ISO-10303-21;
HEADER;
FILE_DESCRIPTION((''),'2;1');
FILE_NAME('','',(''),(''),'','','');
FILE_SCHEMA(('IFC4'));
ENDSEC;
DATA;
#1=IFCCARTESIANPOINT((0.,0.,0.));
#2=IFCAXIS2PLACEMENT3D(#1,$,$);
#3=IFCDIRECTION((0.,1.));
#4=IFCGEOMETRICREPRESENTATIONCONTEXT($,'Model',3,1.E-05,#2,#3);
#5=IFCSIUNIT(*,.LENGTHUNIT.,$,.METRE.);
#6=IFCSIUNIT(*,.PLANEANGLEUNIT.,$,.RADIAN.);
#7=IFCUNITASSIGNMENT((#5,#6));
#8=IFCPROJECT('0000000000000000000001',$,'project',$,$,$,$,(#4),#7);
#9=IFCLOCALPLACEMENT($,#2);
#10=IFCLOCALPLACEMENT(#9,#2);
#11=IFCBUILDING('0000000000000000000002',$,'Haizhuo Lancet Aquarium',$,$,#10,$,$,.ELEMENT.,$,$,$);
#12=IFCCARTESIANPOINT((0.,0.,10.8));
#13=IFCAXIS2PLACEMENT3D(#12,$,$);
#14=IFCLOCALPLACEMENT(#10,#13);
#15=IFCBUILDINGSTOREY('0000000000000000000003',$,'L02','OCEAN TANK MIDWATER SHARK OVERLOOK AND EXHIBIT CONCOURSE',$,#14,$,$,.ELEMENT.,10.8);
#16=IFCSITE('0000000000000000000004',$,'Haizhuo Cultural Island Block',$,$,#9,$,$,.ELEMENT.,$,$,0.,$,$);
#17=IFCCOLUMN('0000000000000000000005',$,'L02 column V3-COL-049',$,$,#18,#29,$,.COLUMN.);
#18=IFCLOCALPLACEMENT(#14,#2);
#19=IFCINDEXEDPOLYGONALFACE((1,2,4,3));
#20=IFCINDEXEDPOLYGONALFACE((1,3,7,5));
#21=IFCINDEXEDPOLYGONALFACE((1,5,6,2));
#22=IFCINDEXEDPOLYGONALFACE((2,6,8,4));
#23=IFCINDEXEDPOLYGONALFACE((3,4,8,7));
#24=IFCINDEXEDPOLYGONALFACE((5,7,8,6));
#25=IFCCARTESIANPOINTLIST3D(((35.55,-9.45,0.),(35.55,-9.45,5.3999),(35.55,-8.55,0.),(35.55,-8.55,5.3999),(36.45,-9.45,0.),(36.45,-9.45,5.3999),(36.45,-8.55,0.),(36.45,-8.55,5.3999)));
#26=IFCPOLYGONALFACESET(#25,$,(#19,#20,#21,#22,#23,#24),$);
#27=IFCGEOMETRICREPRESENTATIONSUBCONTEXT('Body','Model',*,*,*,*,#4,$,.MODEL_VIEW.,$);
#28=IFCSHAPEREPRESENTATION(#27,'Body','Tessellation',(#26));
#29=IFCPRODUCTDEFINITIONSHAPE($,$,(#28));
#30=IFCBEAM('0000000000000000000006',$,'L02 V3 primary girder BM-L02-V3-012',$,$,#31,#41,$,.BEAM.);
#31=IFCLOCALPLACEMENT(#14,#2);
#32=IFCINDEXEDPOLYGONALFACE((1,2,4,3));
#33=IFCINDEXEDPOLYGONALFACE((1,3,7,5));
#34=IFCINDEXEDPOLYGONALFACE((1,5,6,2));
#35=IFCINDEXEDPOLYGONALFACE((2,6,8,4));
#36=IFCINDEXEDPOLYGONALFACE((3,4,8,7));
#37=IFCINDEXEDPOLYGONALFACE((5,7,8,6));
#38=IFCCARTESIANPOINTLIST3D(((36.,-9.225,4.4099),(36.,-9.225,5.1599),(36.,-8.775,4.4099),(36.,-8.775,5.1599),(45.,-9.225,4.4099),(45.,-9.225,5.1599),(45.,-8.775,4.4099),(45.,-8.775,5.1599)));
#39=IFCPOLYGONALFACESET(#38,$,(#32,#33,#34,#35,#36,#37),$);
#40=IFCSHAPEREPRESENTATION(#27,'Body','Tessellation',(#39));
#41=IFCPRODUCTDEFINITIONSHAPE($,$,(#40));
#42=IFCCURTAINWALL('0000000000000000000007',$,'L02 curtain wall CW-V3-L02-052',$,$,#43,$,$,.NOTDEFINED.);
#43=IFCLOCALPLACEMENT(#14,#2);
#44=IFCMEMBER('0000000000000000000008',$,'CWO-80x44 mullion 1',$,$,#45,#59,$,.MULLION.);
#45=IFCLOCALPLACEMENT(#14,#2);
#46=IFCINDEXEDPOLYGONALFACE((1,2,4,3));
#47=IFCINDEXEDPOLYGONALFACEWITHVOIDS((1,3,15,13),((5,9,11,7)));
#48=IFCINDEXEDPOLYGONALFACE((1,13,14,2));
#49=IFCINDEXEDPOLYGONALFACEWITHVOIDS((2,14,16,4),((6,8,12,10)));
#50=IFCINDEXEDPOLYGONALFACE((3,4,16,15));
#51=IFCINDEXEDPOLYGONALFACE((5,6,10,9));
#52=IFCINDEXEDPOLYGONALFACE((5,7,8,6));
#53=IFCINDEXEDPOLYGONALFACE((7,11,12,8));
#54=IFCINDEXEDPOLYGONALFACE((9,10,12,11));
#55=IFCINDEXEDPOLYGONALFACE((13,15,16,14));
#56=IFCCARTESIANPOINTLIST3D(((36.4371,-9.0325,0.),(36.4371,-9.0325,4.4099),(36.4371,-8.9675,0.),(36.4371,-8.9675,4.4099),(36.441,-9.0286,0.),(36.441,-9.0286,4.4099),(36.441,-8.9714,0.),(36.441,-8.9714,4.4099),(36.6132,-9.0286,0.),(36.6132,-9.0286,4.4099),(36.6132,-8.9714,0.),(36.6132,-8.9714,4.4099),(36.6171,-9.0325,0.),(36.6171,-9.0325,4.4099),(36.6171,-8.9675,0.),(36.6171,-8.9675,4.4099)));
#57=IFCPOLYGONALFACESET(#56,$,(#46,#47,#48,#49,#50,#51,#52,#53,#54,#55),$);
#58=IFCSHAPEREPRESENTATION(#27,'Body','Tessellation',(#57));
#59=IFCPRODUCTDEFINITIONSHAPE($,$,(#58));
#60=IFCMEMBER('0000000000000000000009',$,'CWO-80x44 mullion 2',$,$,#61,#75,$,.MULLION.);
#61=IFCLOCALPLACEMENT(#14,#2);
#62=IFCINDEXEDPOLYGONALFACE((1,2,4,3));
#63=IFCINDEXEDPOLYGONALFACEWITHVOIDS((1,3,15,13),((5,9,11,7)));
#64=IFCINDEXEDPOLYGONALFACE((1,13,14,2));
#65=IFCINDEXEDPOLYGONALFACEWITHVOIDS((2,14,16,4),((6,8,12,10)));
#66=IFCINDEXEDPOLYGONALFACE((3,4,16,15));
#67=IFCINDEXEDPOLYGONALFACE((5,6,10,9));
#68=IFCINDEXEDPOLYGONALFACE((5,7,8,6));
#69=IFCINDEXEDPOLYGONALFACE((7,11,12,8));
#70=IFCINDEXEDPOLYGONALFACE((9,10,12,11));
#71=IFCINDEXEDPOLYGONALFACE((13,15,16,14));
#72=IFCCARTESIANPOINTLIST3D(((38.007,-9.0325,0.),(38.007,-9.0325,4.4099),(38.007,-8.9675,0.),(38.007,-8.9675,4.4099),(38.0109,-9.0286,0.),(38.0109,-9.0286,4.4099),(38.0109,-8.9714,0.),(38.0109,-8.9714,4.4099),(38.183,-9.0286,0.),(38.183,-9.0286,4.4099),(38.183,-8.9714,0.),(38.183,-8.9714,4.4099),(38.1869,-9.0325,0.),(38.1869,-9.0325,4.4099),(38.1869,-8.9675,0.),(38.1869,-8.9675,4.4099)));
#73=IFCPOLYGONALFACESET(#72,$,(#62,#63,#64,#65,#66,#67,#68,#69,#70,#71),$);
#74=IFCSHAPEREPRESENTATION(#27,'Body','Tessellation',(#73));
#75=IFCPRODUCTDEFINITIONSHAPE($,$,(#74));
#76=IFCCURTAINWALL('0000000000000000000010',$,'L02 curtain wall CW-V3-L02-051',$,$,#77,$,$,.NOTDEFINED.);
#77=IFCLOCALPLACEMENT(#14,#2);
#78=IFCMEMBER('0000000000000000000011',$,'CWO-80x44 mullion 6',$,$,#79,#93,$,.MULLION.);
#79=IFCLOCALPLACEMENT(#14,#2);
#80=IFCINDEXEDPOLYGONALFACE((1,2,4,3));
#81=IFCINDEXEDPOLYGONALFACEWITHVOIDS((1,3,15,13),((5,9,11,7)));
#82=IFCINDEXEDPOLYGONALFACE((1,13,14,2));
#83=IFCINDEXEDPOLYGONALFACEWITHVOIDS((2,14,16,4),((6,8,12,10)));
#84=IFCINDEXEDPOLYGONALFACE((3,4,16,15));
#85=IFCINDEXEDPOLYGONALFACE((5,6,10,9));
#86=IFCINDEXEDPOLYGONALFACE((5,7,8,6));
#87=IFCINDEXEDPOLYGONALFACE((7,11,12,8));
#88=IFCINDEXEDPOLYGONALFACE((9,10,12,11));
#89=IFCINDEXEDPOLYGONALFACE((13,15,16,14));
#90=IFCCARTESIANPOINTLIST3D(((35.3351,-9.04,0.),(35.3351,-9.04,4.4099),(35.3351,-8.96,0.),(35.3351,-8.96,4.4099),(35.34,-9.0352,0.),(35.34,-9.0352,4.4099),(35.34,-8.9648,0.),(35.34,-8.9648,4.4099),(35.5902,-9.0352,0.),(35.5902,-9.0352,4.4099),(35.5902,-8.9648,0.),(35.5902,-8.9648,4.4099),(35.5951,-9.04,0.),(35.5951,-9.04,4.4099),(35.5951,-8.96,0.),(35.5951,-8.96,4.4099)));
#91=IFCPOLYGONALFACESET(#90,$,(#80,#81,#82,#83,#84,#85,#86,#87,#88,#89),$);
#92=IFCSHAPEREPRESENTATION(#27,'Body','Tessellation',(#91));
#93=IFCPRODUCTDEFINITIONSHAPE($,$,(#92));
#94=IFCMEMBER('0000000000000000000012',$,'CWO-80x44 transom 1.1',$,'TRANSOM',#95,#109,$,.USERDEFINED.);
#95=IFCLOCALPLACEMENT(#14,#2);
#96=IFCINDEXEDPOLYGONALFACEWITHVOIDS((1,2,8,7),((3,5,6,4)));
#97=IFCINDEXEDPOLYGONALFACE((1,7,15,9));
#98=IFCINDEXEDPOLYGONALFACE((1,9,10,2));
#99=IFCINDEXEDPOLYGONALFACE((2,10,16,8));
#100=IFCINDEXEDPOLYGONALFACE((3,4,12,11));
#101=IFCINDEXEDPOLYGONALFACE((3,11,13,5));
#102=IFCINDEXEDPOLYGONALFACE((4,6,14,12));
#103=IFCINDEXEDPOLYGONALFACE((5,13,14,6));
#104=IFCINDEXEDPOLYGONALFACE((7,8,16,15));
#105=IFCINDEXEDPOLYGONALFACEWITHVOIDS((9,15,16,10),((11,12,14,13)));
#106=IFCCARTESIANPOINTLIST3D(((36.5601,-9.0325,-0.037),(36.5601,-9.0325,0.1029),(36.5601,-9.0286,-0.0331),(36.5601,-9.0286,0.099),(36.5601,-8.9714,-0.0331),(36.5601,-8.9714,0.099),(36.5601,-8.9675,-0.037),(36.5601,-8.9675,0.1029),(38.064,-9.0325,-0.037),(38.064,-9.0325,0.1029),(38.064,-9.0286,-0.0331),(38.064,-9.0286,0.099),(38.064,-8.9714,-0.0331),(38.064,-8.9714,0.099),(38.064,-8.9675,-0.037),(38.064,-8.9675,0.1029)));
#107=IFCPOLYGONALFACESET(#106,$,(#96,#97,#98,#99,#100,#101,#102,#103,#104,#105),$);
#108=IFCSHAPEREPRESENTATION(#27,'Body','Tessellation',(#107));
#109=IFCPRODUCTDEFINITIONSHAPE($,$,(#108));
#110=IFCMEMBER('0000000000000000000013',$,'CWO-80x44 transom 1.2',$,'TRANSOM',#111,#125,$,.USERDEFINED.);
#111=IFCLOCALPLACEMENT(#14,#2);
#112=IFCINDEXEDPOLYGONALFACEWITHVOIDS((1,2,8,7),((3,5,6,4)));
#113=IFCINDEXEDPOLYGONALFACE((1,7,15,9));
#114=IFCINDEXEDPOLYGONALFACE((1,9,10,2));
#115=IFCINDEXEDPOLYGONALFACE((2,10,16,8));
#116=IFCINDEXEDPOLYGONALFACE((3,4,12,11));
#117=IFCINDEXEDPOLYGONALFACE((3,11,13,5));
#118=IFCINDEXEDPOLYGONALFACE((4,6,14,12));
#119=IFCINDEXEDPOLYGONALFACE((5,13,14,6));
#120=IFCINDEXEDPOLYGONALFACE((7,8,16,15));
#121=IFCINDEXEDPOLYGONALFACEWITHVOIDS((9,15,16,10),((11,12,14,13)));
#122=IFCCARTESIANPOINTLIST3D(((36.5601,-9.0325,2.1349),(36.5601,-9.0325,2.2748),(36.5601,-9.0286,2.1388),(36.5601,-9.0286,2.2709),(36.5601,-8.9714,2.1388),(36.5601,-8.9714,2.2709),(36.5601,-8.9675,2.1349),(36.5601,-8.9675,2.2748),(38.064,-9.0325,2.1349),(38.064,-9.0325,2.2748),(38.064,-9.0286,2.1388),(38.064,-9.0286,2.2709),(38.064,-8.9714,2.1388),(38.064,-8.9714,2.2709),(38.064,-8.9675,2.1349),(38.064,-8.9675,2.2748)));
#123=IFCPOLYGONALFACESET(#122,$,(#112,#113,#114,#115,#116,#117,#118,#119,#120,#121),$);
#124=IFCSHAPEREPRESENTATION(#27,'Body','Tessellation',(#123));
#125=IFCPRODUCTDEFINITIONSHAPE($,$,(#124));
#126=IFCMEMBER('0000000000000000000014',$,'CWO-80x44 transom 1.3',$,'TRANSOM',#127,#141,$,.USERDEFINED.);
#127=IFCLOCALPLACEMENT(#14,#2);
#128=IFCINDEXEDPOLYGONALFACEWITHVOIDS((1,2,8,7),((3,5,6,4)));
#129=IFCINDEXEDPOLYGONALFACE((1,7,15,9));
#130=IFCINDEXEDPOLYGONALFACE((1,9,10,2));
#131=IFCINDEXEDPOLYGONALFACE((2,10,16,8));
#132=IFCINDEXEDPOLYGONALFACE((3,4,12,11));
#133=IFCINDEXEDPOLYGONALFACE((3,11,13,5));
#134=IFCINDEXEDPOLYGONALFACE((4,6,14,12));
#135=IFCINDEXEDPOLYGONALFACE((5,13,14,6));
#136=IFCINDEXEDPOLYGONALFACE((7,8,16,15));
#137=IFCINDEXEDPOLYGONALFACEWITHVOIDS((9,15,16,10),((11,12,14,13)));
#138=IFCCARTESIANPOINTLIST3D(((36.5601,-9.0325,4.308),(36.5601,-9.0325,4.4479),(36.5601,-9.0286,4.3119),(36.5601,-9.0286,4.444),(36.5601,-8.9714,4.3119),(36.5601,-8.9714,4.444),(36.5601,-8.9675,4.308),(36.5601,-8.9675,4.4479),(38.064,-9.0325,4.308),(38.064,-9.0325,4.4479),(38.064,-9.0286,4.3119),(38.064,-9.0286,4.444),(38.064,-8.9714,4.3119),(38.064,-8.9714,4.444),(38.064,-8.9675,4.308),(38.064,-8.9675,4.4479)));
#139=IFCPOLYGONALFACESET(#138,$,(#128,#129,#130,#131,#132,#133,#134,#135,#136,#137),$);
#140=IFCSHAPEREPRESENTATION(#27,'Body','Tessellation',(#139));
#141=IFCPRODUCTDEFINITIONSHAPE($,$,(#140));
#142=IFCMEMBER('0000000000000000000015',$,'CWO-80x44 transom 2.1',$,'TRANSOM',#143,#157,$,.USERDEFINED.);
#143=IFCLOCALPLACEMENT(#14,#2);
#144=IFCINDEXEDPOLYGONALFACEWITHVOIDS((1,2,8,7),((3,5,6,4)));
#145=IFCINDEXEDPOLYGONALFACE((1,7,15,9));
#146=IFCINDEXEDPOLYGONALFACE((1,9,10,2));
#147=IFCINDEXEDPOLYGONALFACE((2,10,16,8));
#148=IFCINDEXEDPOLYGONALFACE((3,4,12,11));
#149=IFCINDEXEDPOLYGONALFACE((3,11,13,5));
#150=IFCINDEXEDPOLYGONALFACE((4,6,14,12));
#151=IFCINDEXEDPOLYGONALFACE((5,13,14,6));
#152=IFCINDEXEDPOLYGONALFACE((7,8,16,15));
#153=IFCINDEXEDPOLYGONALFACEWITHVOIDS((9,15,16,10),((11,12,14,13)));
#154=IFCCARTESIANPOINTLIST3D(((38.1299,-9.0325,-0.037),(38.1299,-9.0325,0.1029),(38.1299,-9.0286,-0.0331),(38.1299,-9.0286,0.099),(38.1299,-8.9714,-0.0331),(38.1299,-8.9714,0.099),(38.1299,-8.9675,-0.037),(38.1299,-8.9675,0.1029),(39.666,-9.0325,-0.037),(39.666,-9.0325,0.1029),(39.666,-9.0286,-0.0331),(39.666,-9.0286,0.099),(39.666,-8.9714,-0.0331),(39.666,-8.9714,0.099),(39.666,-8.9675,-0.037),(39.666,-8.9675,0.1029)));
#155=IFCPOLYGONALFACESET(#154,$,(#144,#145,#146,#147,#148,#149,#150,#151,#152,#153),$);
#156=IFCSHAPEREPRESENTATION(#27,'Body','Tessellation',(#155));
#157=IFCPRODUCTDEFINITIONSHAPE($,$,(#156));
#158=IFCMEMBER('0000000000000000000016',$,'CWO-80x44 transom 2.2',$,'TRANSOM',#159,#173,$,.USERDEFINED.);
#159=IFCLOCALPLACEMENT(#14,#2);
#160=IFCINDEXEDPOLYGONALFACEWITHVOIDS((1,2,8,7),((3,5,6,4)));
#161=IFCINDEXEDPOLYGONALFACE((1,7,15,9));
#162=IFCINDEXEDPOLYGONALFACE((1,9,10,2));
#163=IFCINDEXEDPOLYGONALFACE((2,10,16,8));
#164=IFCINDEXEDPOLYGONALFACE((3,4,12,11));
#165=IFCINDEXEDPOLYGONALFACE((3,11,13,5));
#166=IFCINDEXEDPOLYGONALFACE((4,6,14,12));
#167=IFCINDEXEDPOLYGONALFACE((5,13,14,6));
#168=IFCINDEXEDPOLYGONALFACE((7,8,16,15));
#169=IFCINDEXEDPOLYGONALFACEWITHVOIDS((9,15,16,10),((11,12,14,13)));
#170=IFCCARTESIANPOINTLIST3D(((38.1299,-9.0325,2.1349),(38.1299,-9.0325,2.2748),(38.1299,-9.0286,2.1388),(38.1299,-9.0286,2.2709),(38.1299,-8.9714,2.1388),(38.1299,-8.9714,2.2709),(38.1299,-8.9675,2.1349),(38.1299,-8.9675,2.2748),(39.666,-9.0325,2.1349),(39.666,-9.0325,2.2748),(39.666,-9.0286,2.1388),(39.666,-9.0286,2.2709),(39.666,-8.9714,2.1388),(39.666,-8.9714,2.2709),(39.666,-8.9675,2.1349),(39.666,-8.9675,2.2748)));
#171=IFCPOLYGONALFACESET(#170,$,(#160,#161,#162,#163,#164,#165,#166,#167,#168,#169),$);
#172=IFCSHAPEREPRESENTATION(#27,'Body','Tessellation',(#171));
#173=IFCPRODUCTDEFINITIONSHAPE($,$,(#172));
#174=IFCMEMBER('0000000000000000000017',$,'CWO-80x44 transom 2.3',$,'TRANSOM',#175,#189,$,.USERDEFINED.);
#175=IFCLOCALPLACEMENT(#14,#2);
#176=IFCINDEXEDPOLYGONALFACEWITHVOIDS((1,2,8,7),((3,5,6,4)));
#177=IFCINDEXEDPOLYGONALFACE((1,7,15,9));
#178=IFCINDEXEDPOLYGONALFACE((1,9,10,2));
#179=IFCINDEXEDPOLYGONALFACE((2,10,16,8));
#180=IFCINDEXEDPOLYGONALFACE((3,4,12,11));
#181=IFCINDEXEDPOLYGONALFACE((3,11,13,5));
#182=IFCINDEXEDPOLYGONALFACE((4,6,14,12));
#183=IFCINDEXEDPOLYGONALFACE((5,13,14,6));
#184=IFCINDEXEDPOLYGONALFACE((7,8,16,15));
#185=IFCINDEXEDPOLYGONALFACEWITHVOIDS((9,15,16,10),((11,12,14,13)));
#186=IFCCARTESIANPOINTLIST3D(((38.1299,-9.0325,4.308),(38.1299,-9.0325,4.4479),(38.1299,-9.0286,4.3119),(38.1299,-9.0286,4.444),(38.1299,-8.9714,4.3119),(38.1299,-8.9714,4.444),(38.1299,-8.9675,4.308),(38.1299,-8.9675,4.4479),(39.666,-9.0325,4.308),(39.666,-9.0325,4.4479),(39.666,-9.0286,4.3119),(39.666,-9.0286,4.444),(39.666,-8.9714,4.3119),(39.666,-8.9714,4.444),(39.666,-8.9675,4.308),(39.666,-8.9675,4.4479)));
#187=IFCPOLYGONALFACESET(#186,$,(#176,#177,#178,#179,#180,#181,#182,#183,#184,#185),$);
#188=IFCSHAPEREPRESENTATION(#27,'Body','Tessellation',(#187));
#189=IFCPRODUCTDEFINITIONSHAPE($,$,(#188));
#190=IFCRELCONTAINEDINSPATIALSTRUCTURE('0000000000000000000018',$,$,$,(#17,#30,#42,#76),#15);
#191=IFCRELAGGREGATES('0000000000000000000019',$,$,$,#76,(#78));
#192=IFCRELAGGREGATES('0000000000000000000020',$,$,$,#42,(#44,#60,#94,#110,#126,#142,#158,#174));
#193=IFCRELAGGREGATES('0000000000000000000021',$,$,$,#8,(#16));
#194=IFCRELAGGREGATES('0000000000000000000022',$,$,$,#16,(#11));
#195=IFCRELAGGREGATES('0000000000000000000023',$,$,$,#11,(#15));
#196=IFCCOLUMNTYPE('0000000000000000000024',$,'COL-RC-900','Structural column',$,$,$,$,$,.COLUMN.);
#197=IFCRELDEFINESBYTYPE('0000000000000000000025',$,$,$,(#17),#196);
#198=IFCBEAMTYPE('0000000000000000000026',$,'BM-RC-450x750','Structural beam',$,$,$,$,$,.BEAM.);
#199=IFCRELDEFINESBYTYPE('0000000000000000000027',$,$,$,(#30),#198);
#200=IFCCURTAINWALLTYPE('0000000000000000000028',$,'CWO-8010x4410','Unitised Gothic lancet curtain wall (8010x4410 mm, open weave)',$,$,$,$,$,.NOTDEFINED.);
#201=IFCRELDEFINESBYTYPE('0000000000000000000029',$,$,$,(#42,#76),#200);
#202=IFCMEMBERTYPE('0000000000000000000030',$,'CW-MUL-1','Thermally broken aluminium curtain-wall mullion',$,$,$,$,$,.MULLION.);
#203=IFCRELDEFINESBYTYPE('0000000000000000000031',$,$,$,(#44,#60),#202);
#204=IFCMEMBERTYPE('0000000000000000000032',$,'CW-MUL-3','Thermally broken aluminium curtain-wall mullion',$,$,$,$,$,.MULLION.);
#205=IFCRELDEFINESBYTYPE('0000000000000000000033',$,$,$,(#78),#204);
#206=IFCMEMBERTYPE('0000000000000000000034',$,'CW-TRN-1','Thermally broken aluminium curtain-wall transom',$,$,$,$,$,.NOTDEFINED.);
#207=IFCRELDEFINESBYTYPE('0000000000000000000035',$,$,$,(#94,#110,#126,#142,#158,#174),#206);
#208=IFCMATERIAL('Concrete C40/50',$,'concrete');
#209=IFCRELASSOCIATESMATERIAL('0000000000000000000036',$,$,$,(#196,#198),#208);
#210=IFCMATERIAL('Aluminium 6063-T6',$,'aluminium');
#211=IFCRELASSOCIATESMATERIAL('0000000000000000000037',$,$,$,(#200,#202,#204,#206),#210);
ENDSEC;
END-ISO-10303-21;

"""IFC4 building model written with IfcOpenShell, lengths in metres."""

from ifc_helpers import new_model, si_unit, direction, frame, origin, origin_2d, place, context, subcontext, project, spatial, rectangle, hollow_rectangle, extrude, material, material_profile, profile_set, type_object, element, aggregate, save


model = new_model("IFC4")

# Units and contexts
model_context = context("Model", 3, precision=1e-05, world=origin(), true_north=direction((0.0, 1.0)))
body_context = subcontext(model_context, "Body", "Model", "MODEL_VIEW")
ifc_project = project(units=[si_unit("LENGTHUNIT", "METRE"), si_unit("PLANEANGLEUNIT", "RADIAN")], contexts=[model_context])

# Site, building, storey
site_placement = place(None, origin())
site = spatial("IfcSite", under=ifc_project, at=site_placement, Name="Haizhuo Cultural Island Block", CompositionType="ELEMENT", RefElevation=0.0)
building_placement = place(site_placement, origin())
building = spatial("IfcBuilding", under=site, at=building_placement, Name="Haizhuo Lancet Aquarium", CompositionType="ELEMENT")
storey_placement = place(building_placement, frame((0.0, 0.0, 10.8)))
storey = spatial("IfcBuildingStorey", under=building, at=storey_placement, Name="L02", Description="OCEAN TANK MIDWATER SHARK OVERLOOK AND EXHIBIT CONCOURSE", CompositionType="ELEMENT", Elevation=10.8)

# Column
ifc_material_1 = material(Name="Concrete C40/50", Category="concrete")
ifc_material_profile_1 = material_profile(ifc_material_1, rectangle(XDim=0.8999, YDim=0.8999, at=origin_2d()), Name="RC-COL 900x900")
ifc_profile_set_1 = profile_set([ifc_material_profile_1], Name="Concrete C40/50")
column_type = type_object("IfcColumnType", Name="COL-RC-900", Description="Structural column", PredefinedType="COLUMN", material=ifc_profile_set_1)
column_placement = place(storey_placement, frame((36.0, -9.0, 0.0), z_axis=(0.0, 0.0, 1.0), x_axis=(1.0, 0.0, 0.0)))
element("IfcColumn", 1, at=column_placement, inside=storey, type_object=column_type, Name="L02 column V3-COL-049", PredefinedType="COLUMN", context=body_context, shape_type="SweptSolid", body=[
    extrude(rectangle(XDim=0.8999, YDim=0.8999, at=origin_2d()), origin(), (0.0, 0.0, 1.0), 5.3999),
])

# Beam
ifc_material_profile_2 = material_profile(ifc_material_1, rectangle(XDim=0.45, YDim=0.75, at=origin_2d()), Name="RC-BM 450x750")
ifc_profile_set_2 = profile_set([ifc_material_profile_2], Name="Concrete C40/50")
beam_type = type_object("IfcBeamType", Name="BM-RC-450x750", Description="Structural beam", PredefinedType="BEAM", material=ifc_profile_set_2)
beam_placement = place(storey_placement, frame((36.0, -9.0, 4.7849), z_axis=(1.0, 0.0, 0.0), x_axis=(0.0, 1.0, 0.0)))
element("IfcBeam", 2, at=beam_placement, inside=storey, type_object=beam_type, Name="L02 V3 primary girder BM-L02-V3-012", PredefinedType="BEAM", context=body_context, shape_type="SweptSolid", body=[
    extrude(rectangle(XDim=0.45, YDim=0.75, at=origin_2d()), origin(), (0.0, 0.0, 1.0), 9.0),
])

# Curtain wall, members
ifc_material_2 = material(Name="Aluminium 6063-T6", Category="aluminium")
curtain_wall_type = type_object("IfcCurtainWallType", Name="CWO-8010x4410", Description="Unitised Gothic lancet curtain wall (8010x4410 mm, open weave)", PredefinedType="NOTDEFINED", material=ifc_material_2)
curtain_wall_1_placement = place(storey_placement, origin())
curtain_wall_1 = element("IfcCurtainWall", 3, at=curtain_wall_1_placement, inside=storey, type_object=curtain_wall_type, Name="L02 curtain wall CW-V3-L02-052", PredefinedType="NOTDEFINED")
ifc_material_profile_3 = material_profile(ifc_material_2, hollow_rectangle(XDim=0.0649, YDim=0.1799, WallThickness=0.0039, at=origin_2d()), Name="ALU-M 65x180x4")
ifc_profile_set_3 = profile_set([ifc_material_profile_3], Name="Aluminium 6063-T6")
member_type_1 = type_object("IfcMemberType", Name="CW-MUL-1", Description="Thermally broken aluminium curtain-wall mullion", PredefinedType="MULLION", material=ifc_profile_set_3)
member_1_placement = place(storey_placement, frame((36.5271, -9.0, 0.0), z_axis=(0.0, 0.0, 1.0), x_axis=(0.0, 1.0, 0.0)))
member_1 = element("IfcMember", 4, at=member_1_placement, type_object=member_type_1, Name="CWO-80x44 mullion 1", PredefinedType="MULLION", context=body_context, shape_type="SweptSolid", body=[
    extrude(hollow_rectangle(XDim=0.0649, YDim=0.1799, WallThickness=0.0039, at=origin_2d()), origin(), (0.0, 0.0, 1.0), 4.4099),
])
member_2_placement = place(storey_placement, frame((38.0969, -9.0, 0.0), z_axis=(0.0, 0.0, 1.0), x_axis=(0.0, 1.0, 0.0)))
member_2 = element("IfcMember", 5, at=member_2_placement, type_object=member_type_1, Name="CWO-80x44 mullion 2", PredefinedType="MULLION", context=body_context, shape_type="SweptSolid", body=[
    extrude(hollow_rectangle(XDim=0.0649, YDim=0.1799, WallThickness=0.0039, at=origin_2d()), origin(), (0.0, 0.0, 1.0), 4.4099),
])

# Curtain wall, member
curtain_wall_2_placement = place(storey_placement, origin())
curtain_wall_2 = element("IfcCurtainWall", 6, at=curtain_wall_2_placement, inside=storey, type_object=curtain_wall_type, Name="L02 curtain wall CW-V3-L02-051", PredefinedType="NOTDEFINED")
ifc_material_profile_4 = material_profile(ifc_material_2, hollow_rectangle(XDim=0.0801, YDim=0.26, WallThickness=0.0049, at=origin_2d()), Name="ALU-M 80x260x5")
ifc_profile_set_4 = profile_set([ifc_material_profile_4], Name="Aluminium 6063-T6")
member_type_2 = type_object("IfcMemberType", Name="CW-MUL-3", Description="Thermally broken aluminium curtain-wall mullion", PredefinedType="MULLION", material=ifc_profile_set_4)
member_3_placement = place(storey_placement, frame((35.4651, -9.0, 0.0), z_axis=(0.0, 0.0, 1.0), x_axis=(0.0, 1.0, 0.0)))
member_3 = element("IfcMember", 7, at=member_3_placement, type_object=member_type_2, Name="CWO-80x44 mullion 6", PredefinedType="MULLION", context=body_context, shape_type="SweptSolid", body=[
    extrude(hollow_rectangle(XDim=0.0801, YDim=0.26, WallThickness=0.0049, at=origin_2d()), origin(), (0.0, 0.0, 1.0), 4.4099),
])

# Members
ifc_material_profile_5 = material_profile(ifc_material_2, hollow_rectangle(XDim=0.0649, YDim=0.1399, WallThickness=0.0039, at=origin_2d()), Name="ALU-T 65x140x4")
ifc_profile_set_5 = profile_set([ifc_material_profile_5], Name="Aluminium 6063-T6")
member_type_3 = type_object("IfcMemberType", Name="CW-TRN-1", Description="Thermally broken aluminium curtain-wall transom", PredefinedType="NOTDEFINED", material=ifc_profile_set_5)
member_4_placement = place(storey_placement, frame((36.5601, -9.0, 0.033), z_axis=(1.0, 0.0, 0.0), x_axis=(0.0, 1.0, 0.0)))
member_4 = element("IfcMember", 8, at=member_4_placement, type_object=member_type_3, Name="CWO-80x44 transom 1.1", ObjectType="TRANSOM", PredefinedType="USERDEFINED", context=body_context, shape_type="SweptSolid", body=[
    extrude(hollow_rectangle(XDim=0.0649, YDim=0.1399, WallThickness=0.0039, at=origin_2d()), origin(), (0.0, 0.0, 1.0), 1.5039),
])
member_5_placement = place(storey_placement, frame((36.5601, -9.0, 2.2048), z_axis=(1.0, 0.0, 0.0), x_axis=(0.0, 1.0, 0.0)))
member_5 = element("IfcMember", 9, at=member_5_placement, type_object=member_type_3, Name="CWO-80x44 transom 1.2", ObjectType="TRANSOM", PredefinedType="USERDEFINED", context=body_context, shape_type="SweptSolid", body=[
    extrude(hollow_rectangle(XDim=0.0649, YDim=0.1399, WallThickness=0.0039, at=origin_2d()), origin(), (0.0, 0.0, 1.0), 1.5039),
])
member_6_placement = place(storey_placement, frame((36.5601, -9.0, 4.3779), z_axis=(1.0, 0.0, 0.0), x_axis=(0.0, 1.0, 0.0)))
member_6 = element("IfcMember", 10, at=member_6_placement, type_object=member_type_3, Name="CWO-80x44 transom 1.3", ObjectType="TRANSOM", PredefinedType="USERDEFINED", context=body_context, shape_type="SweptSolid", body=[
    extrude(hollow_rectangle(XDim=0.0649, YDim=0.1399, WallThickness=0.0039, at=origin_2d()), origin(), (0.0, 0.0, 1.0), 1.5039),
])
member_7_placement = place(storey_placement, frame((38.1299, -9.0, 0.033), z_axis=(1.0, 0.0, 0.0), x_axis=(0.0, 1.0, 0.0)))
member_7 = element("IfcMember", 11, at=member_7_placement, type_object=member_type_3, Name="CWO-80x44 transom 2.1", ObjectType="TRANSOM", PredefinedType="USERDEFINED", context=body_context, shape_type="SweptSolid", body=[
    extrude(hollow_rectangle(XDim=0.0649, YDim=0.1399, WallThickness=0.0039, at=origin_2d()), origin(), (0.0, 0.0, 1.0), 1.5361),
])
member_8_placement = place(storey_placement, frame((38.1299, -9.0, 2.2048), z_axis=(1.0, 0.0, 0.0), x_axis=(0.0, 1.0, 0.0)))
member_8 = element("IfcMember", 12, at=member_8_placement, type_object=member_type_3, Name="CWO-80x44 transom 2.2", ObjectType="TRANSOM", PredefinedType="USERDEFINED", context=body_context, shape_type="SweptSolid", body=[
    extrude(hollow_rectangle(XDim=0.0649, YDim=0.1399, WallThickness=0.0039, at=origin_2d()), origin(), (0.0, 0.0, 1.0), 1.5361),
])
member_9_placement = place(storey_placement, frame((38.1299, -9.0, 4.3779), z_axis=(1.0, 0.0, 0.0), x_axis=(0.0, 1.0, 0.0)))
member_9 = element("IfcMember", 13, at=member_9_placement, type_object=member_type_3, Name="CWO-80x44 transom 2.3", ObjectType="TRANSOM", PredefinedType="USERDEFINED", context=body_context, shape_type="SweptSolid", body=[
    extrude(hollow_rectangle(XDim=0.0649, YDim=0.1399, WallThickness=0.0039, at=origin_2d()), origin(), (0.0, 0.0, 1.0), 1.5361),
])

aggregate(curtain_wall_2, [member_3])
aggregate(curtain_wall_1, [member_1, member_2, member_4, member_5, member_6, member_7, member_8, member_9])

save(model, "model.ifc")
